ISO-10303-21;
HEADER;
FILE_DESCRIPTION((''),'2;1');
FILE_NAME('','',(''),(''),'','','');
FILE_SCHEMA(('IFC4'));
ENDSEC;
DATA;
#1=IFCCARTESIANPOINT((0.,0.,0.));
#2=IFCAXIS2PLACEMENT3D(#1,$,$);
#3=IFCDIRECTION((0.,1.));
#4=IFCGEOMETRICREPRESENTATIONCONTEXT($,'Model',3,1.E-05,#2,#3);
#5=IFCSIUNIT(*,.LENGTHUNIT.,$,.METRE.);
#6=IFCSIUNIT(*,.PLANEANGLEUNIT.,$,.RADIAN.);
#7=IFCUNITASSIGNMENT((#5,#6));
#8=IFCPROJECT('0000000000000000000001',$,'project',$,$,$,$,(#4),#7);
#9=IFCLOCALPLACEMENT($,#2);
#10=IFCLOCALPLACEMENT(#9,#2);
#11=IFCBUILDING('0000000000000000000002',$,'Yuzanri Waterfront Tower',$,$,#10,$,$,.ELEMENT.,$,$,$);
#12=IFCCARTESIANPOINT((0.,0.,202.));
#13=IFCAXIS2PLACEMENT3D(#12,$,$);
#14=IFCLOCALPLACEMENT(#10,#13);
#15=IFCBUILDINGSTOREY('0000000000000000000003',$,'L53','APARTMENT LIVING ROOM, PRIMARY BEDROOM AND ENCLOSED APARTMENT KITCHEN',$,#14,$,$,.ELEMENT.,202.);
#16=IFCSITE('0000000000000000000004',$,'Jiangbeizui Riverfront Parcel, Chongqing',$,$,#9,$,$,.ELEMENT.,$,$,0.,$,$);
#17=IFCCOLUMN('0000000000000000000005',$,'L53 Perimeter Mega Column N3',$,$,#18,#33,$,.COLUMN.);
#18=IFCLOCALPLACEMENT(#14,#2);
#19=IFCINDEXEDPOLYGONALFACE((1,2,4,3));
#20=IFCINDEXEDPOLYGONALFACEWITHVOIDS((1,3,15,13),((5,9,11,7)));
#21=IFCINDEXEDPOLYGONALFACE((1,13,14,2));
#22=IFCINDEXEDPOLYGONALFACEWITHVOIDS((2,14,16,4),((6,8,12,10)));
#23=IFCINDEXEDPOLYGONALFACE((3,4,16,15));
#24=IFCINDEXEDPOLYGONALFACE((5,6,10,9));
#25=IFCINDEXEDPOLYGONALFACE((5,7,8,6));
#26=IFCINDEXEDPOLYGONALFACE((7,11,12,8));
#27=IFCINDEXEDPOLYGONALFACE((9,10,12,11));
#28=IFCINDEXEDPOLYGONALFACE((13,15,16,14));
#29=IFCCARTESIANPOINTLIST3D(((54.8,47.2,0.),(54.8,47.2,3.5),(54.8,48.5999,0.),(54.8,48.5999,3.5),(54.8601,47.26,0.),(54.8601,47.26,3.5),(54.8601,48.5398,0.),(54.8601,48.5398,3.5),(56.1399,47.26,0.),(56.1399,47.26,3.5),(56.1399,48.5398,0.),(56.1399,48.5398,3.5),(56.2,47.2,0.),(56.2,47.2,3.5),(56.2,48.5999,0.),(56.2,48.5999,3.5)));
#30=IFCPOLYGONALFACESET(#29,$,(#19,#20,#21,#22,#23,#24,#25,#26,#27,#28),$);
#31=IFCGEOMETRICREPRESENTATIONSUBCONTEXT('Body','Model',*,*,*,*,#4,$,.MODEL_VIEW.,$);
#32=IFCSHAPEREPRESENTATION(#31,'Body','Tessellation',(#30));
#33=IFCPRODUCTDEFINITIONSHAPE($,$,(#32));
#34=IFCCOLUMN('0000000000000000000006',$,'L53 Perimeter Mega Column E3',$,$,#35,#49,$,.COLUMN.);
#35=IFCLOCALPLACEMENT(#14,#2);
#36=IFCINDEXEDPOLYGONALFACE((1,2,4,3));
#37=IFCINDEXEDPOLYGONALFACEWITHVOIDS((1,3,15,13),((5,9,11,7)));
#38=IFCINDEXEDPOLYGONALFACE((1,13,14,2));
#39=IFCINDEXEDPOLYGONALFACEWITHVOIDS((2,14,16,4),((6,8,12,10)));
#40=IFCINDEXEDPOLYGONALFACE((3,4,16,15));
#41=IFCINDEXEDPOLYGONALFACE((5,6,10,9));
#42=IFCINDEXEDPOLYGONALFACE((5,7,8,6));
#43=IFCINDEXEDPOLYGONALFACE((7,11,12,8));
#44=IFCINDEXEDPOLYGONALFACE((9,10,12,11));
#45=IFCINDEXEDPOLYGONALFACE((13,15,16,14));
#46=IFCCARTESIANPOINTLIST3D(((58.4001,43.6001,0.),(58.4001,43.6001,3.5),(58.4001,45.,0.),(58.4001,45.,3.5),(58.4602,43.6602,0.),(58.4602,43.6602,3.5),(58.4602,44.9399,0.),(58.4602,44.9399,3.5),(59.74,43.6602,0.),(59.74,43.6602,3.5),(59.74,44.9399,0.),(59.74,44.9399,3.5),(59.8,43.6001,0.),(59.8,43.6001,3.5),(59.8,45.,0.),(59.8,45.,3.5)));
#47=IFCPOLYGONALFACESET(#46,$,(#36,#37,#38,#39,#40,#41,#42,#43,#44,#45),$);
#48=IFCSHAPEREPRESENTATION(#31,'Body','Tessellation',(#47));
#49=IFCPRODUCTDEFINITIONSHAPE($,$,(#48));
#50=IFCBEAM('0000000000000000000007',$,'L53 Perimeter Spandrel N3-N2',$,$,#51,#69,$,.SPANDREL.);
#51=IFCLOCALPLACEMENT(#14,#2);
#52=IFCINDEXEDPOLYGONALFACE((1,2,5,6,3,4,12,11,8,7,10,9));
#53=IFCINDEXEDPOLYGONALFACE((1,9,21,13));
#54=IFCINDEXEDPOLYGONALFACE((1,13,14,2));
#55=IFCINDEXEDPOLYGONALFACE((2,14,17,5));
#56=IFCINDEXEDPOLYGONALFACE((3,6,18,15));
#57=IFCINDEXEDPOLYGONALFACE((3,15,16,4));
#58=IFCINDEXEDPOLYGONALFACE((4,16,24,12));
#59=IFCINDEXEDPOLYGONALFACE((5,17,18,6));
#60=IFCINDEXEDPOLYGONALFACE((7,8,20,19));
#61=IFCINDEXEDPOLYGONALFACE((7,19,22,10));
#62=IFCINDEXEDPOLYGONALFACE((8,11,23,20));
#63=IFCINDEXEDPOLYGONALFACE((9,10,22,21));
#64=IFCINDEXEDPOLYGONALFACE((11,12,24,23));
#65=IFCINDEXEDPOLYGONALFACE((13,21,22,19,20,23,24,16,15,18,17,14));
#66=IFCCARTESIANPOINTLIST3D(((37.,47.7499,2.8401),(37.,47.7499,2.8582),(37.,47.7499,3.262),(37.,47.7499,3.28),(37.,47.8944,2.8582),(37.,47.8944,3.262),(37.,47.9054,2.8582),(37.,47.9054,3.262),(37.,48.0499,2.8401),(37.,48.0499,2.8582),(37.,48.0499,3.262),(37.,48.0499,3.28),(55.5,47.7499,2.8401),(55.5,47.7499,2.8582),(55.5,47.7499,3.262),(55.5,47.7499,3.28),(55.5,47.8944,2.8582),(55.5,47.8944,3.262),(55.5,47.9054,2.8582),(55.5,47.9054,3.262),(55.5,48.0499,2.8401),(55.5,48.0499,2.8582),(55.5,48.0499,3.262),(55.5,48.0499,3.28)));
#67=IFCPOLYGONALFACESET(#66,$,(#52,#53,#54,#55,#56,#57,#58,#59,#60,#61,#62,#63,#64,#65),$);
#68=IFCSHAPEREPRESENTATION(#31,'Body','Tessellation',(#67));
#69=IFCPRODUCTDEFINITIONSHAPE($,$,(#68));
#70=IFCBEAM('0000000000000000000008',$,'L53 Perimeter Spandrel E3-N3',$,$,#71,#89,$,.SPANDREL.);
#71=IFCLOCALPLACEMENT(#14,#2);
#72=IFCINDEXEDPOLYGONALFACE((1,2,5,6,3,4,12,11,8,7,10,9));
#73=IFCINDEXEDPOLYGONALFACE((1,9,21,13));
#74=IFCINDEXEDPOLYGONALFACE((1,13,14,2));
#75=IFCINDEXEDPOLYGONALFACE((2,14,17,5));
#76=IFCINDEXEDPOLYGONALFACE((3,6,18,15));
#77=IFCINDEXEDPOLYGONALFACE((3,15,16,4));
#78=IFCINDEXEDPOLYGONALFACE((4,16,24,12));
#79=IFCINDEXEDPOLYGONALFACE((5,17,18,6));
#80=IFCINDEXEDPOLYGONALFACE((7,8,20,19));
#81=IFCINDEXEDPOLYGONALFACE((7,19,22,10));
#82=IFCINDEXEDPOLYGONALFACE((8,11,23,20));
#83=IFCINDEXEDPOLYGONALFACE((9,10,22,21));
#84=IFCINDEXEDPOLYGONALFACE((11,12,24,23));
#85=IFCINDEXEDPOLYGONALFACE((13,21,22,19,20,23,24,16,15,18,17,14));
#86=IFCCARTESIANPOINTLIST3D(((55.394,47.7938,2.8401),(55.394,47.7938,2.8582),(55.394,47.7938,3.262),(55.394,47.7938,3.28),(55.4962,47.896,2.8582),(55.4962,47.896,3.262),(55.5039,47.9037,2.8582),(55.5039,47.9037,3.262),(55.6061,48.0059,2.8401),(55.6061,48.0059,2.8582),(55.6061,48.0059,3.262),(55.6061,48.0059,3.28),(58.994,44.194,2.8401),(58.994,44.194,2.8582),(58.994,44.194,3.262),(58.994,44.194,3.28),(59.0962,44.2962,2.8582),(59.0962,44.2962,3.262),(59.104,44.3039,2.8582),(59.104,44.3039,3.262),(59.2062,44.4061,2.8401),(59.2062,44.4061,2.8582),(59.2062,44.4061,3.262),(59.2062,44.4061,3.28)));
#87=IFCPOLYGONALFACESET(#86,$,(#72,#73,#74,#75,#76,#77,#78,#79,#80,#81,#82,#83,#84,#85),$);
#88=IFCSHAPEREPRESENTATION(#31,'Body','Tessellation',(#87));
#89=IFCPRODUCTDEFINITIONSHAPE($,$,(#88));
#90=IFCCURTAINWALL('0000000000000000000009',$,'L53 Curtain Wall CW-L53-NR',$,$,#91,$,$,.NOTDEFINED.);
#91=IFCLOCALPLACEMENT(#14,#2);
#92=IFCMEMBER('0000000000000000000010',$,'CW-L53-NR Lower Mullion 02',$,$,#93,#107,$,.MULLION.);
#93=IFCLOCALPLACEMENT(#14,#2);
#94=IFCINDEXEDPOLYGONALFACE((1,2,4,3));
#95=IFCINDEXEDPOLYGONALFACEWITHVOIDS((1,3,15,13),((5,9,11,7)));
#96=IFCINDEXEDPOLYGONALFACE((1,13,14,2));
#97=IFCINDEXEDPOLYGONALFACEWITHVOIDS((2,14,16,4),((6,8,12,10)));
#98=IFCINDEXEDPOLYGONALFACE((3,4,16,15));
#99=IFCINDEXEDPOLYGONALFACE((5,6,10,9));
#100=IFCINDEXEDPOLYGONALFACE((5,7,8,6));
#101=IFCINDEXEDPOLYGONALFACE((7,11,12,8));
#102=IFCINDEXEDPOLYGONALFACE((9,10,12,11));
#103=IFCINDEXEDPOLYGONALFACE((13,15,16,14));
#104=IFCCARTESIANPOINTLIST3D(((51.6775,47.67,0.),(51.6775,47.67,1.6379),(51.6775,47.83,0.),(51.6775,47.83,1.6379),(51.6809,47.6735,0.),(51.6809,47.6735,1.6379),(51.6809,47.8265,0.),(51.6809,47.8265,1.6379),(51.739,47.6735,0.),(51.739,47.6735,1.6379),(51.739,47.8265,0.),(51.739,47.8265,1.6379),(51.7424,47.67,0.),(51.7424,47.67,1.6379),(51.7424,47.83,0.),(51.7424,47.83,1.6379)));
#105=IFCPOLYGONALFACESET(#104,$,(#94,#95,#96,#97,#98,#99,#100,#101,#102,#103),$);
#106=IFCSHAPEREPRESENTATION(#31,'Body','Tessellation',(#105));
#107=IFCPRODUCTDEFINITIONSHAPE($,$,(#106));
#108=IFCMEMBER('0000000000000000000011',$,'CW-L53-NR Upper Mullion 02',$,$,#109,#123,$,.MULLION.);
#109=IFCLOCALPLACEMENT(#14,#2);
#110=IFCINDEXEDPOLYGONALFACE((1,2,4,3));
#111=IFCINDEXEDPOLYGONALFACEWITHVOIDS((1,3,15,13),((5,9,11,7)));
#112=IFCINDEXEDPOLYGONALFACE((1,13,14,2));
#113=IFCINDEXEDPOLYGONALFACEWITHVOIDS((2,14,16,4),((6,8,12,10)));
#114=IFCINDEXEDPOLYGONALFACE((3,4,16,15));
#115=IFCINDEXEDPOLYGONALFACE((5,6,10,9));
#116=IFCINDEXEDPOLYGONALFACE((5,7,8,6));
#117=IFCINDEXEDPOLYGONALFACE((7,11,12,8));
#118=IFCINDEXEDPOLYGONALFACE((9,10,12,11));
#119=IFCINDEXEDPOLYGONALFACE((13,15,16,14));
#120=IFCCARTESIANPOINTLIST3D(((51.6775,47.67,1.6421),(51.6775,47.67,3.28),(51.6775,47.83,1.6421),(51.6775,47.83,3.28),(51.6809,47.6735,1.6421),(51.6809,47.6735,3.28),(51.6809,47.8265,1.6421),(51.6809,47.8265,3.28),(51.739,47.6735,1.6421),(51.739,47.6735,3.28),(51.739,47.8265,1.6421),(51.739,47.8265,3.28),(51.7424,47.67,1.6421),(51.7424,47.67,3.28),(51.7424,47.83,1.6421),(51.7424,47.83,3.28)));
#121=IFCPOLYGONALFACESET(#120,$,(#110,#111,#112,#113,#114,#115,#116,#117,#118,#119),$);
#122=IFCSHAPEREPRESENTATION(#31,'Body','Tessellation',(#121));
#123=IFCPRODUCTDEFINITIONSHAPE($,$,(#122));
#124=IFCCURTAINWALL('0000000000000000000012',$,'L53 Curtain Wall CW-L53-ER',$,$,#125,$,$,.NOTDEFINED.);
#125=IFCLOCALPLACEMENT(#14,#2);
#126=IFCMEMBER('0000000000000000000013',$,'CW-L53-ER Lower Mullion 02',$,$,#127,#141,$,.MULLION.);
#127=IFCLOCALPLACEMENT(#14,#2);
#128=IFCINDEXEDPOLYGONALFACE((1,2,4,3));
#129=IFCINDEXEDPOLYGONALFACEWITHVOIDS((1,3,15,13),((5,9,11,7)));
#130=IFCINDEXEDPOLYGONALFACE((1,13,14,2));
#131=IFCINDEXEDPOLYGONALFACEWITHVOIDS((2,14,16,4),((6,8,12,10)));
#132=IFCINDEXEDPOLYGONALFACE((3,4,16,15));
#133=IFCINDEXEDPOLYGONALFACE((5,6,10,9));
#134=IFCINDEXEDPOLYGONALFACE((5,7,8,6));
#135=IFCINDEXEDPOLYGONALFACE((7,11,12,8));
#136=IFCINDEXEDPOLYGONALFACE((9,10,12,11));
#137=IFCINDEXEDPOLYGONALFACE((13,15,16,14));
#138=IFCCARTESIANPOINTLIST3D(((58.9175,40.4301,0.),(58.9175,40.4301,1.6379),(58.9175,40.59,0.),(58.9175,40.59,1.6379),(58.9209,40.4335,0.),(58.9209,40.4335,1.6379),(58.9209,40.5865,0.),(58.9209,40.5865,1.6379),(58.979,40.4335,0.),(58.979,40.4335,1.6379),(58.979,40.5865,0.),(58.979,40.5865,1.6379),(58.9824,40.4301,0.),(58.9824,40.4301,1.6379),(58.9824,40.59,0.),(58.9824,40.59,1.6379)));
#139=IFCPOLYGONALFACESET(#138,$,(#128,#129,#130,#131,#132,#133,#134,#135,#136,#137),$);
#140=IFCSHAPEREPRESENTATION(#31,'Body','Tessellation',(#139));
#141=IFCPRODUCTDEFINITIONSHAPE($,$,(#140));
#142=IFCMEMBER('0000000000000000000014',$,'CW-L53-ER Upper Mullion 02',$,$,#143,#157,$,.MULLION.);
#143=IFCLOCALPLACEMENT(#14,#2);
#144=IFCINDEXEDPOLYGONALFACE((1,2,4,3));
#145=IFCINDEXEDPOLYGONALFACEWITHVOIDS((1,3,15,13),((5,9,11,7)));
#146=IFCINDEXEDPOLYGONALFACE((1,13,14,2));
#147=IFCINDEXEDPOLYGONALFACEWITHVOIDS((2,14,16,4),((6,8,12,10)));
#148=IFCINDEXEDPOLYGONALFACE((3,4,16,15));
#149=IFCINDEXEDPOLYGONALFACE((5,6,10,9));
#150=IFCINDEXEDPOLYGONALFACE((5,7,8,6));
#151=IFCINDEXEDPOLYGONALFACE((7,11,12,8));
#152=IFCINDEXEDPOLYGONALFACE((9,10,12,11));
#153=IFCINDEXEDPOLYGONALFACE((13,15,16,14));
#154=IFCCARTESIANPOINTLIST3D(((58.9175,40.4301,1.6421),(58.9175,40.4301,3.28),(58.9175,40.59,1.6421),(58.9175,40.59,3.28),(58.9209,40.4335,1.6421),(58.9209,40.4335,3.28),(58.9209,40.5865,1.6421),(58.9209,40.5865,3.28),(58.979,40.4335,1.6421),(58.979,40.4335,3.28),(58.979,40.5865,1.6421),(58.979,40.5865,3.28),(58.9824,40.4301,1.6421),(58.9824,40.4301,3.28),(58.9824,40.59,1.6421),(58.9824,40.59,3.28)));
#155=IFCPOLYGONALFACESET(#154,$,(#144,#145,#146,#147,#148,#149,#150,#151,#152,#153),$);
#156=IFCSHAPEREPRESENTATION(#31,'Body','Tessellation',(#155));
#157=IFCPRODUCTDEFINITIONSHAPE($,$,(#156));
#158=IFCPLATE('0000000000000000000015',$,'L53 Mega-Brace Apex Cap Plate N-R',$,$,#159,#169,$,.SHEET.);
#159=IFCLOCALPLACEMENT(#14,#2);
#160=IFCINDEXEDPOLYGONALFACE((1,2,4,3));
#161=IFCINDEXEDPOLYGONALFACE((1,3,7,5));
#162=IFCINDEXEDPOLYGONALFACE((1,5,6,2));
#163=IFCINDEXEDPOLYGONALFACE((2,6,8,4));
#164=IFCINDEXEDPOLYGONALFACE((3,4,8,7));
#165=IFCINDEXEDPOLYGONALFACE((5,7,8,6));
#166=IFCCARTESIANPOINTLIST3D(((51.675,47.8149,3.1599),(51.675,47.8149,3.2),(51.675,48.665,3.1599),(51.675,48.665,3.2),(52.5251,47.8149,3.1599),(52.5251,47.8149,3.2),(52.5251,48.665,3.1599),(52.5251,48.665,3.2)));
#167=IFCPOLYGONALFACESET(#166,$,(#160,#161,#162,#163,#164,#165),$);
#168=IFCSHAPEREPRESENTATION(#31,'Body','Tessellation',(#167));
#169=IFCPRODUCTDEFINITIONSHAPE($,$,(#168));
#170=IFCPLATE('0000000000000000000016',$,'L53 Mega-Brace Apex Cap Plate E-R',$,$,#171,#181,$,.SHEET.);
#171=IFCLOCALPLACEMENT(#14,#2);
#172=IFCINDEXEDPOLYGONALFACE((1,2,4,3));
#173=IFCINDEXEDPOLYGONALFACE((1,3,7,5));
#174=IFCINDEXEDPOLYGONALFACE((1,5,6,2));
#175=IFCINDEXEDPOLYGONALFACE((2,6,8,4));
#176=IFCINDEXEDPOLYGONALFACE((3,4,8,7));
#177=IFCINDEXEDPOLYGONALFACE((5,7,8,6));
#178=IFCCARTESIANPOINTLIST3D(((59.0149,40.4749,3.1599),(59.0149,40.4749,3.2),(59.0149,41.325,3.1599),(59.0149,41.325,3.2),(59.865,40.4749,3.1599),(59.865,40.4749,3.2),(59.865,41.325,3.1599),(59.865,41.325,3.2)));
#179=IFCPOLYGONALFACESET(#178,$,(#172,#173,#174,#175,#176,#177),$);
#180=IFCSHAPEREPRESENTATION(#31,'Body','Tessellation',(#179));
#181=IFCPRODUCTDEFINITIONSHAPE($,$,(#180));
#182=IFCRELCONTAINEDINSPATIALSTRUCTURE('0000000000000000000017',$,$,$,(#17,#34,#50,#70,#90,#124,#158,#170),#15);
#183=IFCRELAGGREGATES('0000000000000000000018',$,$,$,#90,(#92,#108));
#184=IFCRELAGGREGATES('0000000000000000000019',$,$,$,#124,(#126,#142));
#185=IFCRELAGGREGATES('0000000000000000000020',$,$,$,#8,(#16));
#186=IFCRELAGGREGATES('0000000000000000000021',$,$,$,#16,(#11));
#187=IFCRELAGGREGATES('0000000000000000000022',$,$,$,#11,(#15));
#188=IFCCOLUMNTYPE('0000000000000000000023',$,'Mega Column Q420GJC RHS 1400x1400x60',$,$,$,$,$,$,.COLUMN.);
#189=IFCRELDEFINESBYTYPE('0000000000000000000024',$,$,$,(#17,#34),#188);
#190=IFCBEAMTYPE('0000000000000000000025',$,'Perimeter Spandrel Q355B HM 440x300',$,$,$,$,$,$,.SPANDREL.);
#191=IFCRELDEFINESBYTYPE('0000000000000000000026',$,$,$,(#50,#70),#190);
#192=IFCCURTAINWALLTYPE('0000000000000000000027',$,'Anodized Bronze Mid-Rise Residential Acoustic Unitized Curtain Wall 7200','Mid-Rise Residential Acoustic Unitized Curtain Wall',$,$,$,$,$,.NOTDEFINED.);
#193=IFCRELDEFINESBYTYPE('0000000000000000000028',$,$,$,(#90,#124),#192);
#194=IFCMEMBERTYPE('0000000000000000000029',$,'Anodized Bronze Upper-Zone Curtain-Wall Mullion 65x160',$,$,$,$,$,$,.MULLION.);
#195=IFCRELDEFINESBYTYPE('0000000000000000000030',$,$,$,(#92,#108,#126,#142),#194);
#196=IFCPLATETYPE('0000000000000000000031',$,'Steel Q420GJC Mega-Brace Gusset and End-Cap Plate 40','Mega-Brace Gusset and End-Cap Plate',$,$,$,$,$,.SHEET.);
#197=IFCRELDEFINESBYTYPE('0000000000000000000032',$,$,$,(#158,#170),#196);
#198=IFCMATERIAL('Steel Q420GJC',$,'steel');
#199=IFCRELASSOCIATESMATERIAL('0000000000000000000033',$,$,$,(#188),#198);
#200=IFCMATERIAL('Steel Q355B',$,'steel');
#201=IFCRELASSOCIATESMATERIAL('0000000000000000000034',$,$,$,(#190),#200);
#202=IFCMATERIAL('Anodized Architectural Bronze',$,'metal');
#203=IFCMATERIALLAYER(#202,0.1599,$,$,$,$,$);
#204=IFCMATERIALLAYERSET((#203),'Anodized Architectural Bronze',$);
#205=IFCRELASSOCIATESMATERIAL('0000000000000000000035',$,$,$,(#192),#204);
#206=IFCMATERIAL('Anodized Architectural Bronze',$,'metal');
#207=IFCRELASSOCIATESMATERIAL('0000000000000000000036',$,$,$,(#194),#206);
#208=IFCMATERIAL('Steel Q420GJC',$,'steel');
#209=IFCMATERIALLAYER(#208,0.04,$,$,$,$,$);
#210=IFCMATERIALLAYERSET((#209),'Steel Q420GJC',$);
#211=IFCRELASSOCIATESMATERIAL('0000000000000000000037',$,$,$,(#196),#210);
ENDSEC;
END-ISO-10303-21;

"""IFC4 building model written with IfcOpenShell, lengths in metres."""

from ifc_helpers import new_model, si_unit, direction, frame, origin, origin_2d, place, context, subcontext, project, spatial, rectangle, hollow_rectangle, i_section, extrude, source, transform, mapped, material, layer, layer_set, material_profile, profile_set, type_object, element, aggregate, save


model = new_model("IFC4")

# Units and contexts
model_context = context("Model", 3, precision=1e-05, world=origin(), true_north=direction((0.0, 1.0)))
body_context = subcontext(model_context, "Body", "Model", "MODEL_VIEW")
ifc_project = project(units=[si_unit("LENGTHUNIT", "METRE"), si_unit("PLANEANGLEUNIT", "RADIAN")], contexts=[model_context])

# Site, building, storey
site_placement = place(None, origin())
site = spatial("IfcSite", under=ifc_project, at=site_placement, Name="Jiangbeizui Riverfront Parcel, Chongqing", CompositionType="ELEMENT", RefElevation=0.0)
building_placement = place(site_placement, origin())
building = spatial("IfcBuilding", under=site, at=building_placement, Name="Yuzanri Waterfront Tower", CompositionType="ELEMENT")
storey_placement = place(building_placement, frame((0.0, 0.0, 202.0)))
storey = spatial("IfcBuildingStorey", under=building, at=storey_placement, Name="L53", Description="APARTMENT LIVING ROOM, PRIMARY BEDROOM AND ENCLOSED APARTMENT KITCHEN", CompositionType="ELEMENT", Elevation=202.0)

# Columns
ifc_material_1 = material(Name="Steel Q420GJC", Category="steel")
ifc_material_profile_1 = material_profile(ifc_material_1, hollow_rectangle(XDim=1.3999, YDim=1.3999, WallThickness=0.0601, at=origin_2d()), Name="RHS 1400x1400x60")
ifc_profile_set_1 = profile_set([ifc_material_profile_1], Name="Steel Q420GJC")
column_type = type_object("IfcColumnType", Name="Mega Column Q420GJC RHS 1400x1400x60", PredefinedType="COLUMN", material=ifc_profile_set_1)
shared_shape_1 = source(origin(), body_context, "Body", "SweptSolid", [
    extrude(hollow_rectangle(XDim=1.3999, YDim=1.3999, WallThickness=0.0601, at=origin_2d()), origin(), (0.0, 0.0, 1.0), 3.5),
])
for number, where, z_axis, x_axis, name in (
    (1, (55.5, 47.8999, 0.0), (0.0, 0.0, 1.0), (1.0, 0.0, 0.0), "L53 Perimeter Mega Column N3"),
    (2, (59.1001, 44.3, 0.0), (0.0, 0.0, 1.0), (1.0, 0.0, 0.0), "L53 Perimeter Mega Column E3"),
):
    element("IfcColumn", number, at=place(storey_placement, frame(where, z_axis=z_axis, x_axis=x_axis)), inside=storey, type_object=column_type, Name=name, PredefinedType="COLUMN", context=body_context, shape_type="MappedRepresentation", body=[
        mapped(shared_shape_1, transform((0.0, 0.0, 0.0), scale=1.0)),
    ])

# Beams
ifc_material_2 = material(Name="Steel Q355B", Category="steel")
ifc_material_profile_2 = material_profile(ifc_material_2, i_section(OverallWidth=0.3, OverallDepth=0.4399, WebThickness=0.011, FlangeThickness=0.0181, at=origin_2d()), Name="HM 440x300x11x18")
ifc_profile_set_2 = profile_set([ifc_material_profile_2], Name="Steel Q355B")
beam_type = type_object("IfcBeamType", Name="Perimeter Spandrel Q355B HM 440x300", PredefinedType="SPANDREL", material=ifc_profile_set_2)
shared_shape_2 = source(origin(), body_context, "Body", "SweptSolid", [
    extrude(i_section(OverallWidth=0.3, OverallDepth=0.4399, WebThickness=0.011, FlangeThickness=0.0181, at=origin_2d()), origin(), (0.0, 0.0, 1.0), 18.5),
])
beam_1_placement = place(storey_placement, frame((55.5, 47.8999, 3.0601), z_axis=(-1.0, 0.0, 0.0), x_axis=(0.0, -1.0, 0.0)))
element("IfcBeam", 3, at=beam_1_placement, inside=storey, type_object=beam_type, Name="L53 Perimeter Spandrel N3-N2", PredefinedType="SPANDREL", context=body_context, shape_type="MappedRepresentation", body=[
    mapped(shared_shape_2, transform((0.0, 0.0, 0.0), scale=1.0)),
])
shared_shape_3 = source(origin(), body_context, "Body", "SweptSolid", [
    extrude(i_section(OverallWidth=0.3, OverallDepth=0.4399, WebThickness=0.011, FlangeThickness=0.0181, at=origin_2d()), origin(), (0.0, 0.0, 1.0), 5.0911),
])
beam_2_placement = place(storey_placement, frame((59.1001, 44.3, 3.0601), z_axis=(-0.707131, 0.707083, 0.0), x_axis=(-0.707083, -0.707131, 0.0)))
element("IfcBeam", 4, at=beam_2_placement, inside=storey, type_object=beam_type, Name="L53 Perimeter Spandrel E3-N3", PredefinedType="SPANDREL", context=body_context, shape_type="MappedRepresentation", body=[
    mapped(shared_shape_3, transform((0.0, 0.0, 0.0), scale=1.0)),
])

# Curtain walls, members
ifc_material_3 = material(Name="Anodized Architectural Bronze", Category="metal")
ifc_layer_1 = layer(ifc_material_3, 0.1599)
ifc_layer_set_1 = layer_set([ifc_layer_1], Name="Anodized Architectural Bronze")
curtain_wall_type = type_object("IfcCurtainWallType", Name="Anodized Bronze Mid-Rise Residential Acoustic Unitized Curtain Wall 7200", Description="Mid-Rise Residential Acoustic Unitized Curtain Wall", PredefinedType="NOTDEFINED", material=ifc_layer_set_1)
curtain_wall_1_placement = place(storey_placement, origin())
curtain_wall_1 = element("IfcCurtainWall", 5, at=curtain_wall_1_placement, inside=storey, type_object=curtain_wall_type, Name="L53 Curtain Wall CW-L53-NR", PredefinedType="NOTDEFINED")
ifc_material_4 = material(Name="Anodized Architectural Bronze", Category="metal")
ifc_material_profile_3 = material_profile(ifc_material_4, hollow_rectangle(XDim=0.0649, YDim=0.1599, WallThickness=0.0034, at=origin_2d()), Name="CWM 65x160")
ifc_profile_set_3 = profile_set([ifc_material_profile_3], Name="Anodized Architectural Bronze")
member_type = type_object("IfcMemberType", Name="Anodized Bronze Upper-Zone Curtain-Wall Mullion 65x160", PredefinedType="MULLION", material=ifc_profile_set_3)
shared_shape_4 = source(origin(), body_context, "Body", "SweptSolid", [
    extrude(hollow_rectangle(XDim=0.0649, YDim=0.1599, WallThickness=0.0034, at=origin_2d()), origin(), (0.0, 0.0, 1.0), 1.6379),
])
member_1_placement = place(storey_placement, frame((51.71, 47.75, 0.0), z_axis=(0.0, 0.0, 1.0), x_axis=(1.0, 0.0, 0.0)))
member_1 = element("IfcMember", 6, at=member_1_placement, type_object=member_type, Name="CW-L53-NR Lower Mullion 02", PredefinedType="MULLION", context=body_context, shape_type="MappedRepresentation", body=[
    mapped(shared_shape_4, transform((0.0, 0.0, 0.0), scale=1.0)),
])
member_2_placement = place(storey_placement, frame((51.71, 47.75, 1.6421), z_axis=(0.0, 0.0, 1.0), x_axis=(1.0, 0.0, 0.0)))
member_2 = element("IfcMember", 7, at=member_2_placement, type_object=member_type, Name="CW-L53-NR Upper Mullion 02", PredefinedType="MULLION", context=body_context, shape_type="MappedRepresentation", body=[
    mapped(shared_shape_4, transform((0.0, 0.0, 0.0), scale=1.0)),
])
aggregate(curtain_wall_1, [member_1, member_2])
curtain_wall_2_placement = place(storey_placement, origin())
curtain_wall_2 = element("IfcCurtainWall", 8, at=curtain_wall_2_placement, inside=storey, type_object=curtain_wall_type, Name="L53 Curtain Wall CW-L53-ER", PredefinedType="NOTDEFINED")
member_3_placement = place(storey_placement, frame((58.95, 40.51, 0.0), z_axis=(0.0, 0.0, 1.0), x_axis=(1.0, 0.0, 0.0)))
member_3 = element("IfcMember", 9, at=member_3_placement, type_object=member_type, Name="CW-L53-ER Lower Mullion 02", PredefinedType="MULLION", context=body_context, shape_type="MappedRepresentation", body=[
    mapped(shared_shape_4, transform((0.0, 0.0, 0.0), scale=1.0)),
])
member_4_placement = place(storey_placement, frame((58.95, 40.51, 1.6421), z_axis=(0.0, 0.0, 1.0), x_axis=(1.0, 0.0, 0.0)))
member_4 = element("IfcMember", 10, at=member_4_placement, type_object=member_type, Name="CW-L53-ER Upper Mullion 02", PredefinedType="MULLION", context=body_context, shape_type="MappedRepresentation", body=[
    mapped(shared_shape_4, transform((0.0, 0.0, 0.0), scale=1.0)),
])

# Plates
ifc_material_5 = material(Name="Steel Q420GJC", Category="steel")
ifc_layer_2 = layer(ifc_material_5, 0.04)
ifc_layer_set_2 = layer_set([ifc_layer_2], Name="Steel Q420GJC")
plate_type_1 = type_object("IfcPlateType", Name="Steel Q420GJC Mega-Brace Gusset and End-Cap Plate 40", Description="Mega-Brace Gusset and End-Cap Plate", PredefinedType="SHEET", material=ifc_layer_set_2)
shared_shape_5 = source(origin(), body_context, "Body", "SweptSolid", [
    extrude(rectangle(XDim=0.8501, YDim=0.8501, at=origin_2d()), origin(), (0.0, 0.0, 1.0), 0.04),
])
for number, where, z_axis, x_axis, name in (
    (11, (52.1001, 48.24, 3.1599), (0.0, 0.0, 1.0), (1.0, 0.0, 0.0), "L53 Mega-Brace Apex Cap Plate N-R"),
    (12, (59.4399, 40.8999, 3.1599), (0.0, 0.0, 1.0), (1.0, 0.0, 0.0), "L53 Mega-Brace Apex Cap Plate E-R"),
):
    element("IfcPlate", number, at=place(storey_placement, frame(where, z_axis=z_axis, x_axis=x_axis)), inside=storey, type_object=plate_type_1, Name=name, PredefinedType="SHEET", context=body_context, shape_type="MappedRepresentation", body=[
        mapped(shared_shape_5, transform((0.0, 0.0, 0.0), scale=1.0)),
    ])

aggregate(curtain_wall_2, [member_3, member_4])

save(model, "model.ifc")
